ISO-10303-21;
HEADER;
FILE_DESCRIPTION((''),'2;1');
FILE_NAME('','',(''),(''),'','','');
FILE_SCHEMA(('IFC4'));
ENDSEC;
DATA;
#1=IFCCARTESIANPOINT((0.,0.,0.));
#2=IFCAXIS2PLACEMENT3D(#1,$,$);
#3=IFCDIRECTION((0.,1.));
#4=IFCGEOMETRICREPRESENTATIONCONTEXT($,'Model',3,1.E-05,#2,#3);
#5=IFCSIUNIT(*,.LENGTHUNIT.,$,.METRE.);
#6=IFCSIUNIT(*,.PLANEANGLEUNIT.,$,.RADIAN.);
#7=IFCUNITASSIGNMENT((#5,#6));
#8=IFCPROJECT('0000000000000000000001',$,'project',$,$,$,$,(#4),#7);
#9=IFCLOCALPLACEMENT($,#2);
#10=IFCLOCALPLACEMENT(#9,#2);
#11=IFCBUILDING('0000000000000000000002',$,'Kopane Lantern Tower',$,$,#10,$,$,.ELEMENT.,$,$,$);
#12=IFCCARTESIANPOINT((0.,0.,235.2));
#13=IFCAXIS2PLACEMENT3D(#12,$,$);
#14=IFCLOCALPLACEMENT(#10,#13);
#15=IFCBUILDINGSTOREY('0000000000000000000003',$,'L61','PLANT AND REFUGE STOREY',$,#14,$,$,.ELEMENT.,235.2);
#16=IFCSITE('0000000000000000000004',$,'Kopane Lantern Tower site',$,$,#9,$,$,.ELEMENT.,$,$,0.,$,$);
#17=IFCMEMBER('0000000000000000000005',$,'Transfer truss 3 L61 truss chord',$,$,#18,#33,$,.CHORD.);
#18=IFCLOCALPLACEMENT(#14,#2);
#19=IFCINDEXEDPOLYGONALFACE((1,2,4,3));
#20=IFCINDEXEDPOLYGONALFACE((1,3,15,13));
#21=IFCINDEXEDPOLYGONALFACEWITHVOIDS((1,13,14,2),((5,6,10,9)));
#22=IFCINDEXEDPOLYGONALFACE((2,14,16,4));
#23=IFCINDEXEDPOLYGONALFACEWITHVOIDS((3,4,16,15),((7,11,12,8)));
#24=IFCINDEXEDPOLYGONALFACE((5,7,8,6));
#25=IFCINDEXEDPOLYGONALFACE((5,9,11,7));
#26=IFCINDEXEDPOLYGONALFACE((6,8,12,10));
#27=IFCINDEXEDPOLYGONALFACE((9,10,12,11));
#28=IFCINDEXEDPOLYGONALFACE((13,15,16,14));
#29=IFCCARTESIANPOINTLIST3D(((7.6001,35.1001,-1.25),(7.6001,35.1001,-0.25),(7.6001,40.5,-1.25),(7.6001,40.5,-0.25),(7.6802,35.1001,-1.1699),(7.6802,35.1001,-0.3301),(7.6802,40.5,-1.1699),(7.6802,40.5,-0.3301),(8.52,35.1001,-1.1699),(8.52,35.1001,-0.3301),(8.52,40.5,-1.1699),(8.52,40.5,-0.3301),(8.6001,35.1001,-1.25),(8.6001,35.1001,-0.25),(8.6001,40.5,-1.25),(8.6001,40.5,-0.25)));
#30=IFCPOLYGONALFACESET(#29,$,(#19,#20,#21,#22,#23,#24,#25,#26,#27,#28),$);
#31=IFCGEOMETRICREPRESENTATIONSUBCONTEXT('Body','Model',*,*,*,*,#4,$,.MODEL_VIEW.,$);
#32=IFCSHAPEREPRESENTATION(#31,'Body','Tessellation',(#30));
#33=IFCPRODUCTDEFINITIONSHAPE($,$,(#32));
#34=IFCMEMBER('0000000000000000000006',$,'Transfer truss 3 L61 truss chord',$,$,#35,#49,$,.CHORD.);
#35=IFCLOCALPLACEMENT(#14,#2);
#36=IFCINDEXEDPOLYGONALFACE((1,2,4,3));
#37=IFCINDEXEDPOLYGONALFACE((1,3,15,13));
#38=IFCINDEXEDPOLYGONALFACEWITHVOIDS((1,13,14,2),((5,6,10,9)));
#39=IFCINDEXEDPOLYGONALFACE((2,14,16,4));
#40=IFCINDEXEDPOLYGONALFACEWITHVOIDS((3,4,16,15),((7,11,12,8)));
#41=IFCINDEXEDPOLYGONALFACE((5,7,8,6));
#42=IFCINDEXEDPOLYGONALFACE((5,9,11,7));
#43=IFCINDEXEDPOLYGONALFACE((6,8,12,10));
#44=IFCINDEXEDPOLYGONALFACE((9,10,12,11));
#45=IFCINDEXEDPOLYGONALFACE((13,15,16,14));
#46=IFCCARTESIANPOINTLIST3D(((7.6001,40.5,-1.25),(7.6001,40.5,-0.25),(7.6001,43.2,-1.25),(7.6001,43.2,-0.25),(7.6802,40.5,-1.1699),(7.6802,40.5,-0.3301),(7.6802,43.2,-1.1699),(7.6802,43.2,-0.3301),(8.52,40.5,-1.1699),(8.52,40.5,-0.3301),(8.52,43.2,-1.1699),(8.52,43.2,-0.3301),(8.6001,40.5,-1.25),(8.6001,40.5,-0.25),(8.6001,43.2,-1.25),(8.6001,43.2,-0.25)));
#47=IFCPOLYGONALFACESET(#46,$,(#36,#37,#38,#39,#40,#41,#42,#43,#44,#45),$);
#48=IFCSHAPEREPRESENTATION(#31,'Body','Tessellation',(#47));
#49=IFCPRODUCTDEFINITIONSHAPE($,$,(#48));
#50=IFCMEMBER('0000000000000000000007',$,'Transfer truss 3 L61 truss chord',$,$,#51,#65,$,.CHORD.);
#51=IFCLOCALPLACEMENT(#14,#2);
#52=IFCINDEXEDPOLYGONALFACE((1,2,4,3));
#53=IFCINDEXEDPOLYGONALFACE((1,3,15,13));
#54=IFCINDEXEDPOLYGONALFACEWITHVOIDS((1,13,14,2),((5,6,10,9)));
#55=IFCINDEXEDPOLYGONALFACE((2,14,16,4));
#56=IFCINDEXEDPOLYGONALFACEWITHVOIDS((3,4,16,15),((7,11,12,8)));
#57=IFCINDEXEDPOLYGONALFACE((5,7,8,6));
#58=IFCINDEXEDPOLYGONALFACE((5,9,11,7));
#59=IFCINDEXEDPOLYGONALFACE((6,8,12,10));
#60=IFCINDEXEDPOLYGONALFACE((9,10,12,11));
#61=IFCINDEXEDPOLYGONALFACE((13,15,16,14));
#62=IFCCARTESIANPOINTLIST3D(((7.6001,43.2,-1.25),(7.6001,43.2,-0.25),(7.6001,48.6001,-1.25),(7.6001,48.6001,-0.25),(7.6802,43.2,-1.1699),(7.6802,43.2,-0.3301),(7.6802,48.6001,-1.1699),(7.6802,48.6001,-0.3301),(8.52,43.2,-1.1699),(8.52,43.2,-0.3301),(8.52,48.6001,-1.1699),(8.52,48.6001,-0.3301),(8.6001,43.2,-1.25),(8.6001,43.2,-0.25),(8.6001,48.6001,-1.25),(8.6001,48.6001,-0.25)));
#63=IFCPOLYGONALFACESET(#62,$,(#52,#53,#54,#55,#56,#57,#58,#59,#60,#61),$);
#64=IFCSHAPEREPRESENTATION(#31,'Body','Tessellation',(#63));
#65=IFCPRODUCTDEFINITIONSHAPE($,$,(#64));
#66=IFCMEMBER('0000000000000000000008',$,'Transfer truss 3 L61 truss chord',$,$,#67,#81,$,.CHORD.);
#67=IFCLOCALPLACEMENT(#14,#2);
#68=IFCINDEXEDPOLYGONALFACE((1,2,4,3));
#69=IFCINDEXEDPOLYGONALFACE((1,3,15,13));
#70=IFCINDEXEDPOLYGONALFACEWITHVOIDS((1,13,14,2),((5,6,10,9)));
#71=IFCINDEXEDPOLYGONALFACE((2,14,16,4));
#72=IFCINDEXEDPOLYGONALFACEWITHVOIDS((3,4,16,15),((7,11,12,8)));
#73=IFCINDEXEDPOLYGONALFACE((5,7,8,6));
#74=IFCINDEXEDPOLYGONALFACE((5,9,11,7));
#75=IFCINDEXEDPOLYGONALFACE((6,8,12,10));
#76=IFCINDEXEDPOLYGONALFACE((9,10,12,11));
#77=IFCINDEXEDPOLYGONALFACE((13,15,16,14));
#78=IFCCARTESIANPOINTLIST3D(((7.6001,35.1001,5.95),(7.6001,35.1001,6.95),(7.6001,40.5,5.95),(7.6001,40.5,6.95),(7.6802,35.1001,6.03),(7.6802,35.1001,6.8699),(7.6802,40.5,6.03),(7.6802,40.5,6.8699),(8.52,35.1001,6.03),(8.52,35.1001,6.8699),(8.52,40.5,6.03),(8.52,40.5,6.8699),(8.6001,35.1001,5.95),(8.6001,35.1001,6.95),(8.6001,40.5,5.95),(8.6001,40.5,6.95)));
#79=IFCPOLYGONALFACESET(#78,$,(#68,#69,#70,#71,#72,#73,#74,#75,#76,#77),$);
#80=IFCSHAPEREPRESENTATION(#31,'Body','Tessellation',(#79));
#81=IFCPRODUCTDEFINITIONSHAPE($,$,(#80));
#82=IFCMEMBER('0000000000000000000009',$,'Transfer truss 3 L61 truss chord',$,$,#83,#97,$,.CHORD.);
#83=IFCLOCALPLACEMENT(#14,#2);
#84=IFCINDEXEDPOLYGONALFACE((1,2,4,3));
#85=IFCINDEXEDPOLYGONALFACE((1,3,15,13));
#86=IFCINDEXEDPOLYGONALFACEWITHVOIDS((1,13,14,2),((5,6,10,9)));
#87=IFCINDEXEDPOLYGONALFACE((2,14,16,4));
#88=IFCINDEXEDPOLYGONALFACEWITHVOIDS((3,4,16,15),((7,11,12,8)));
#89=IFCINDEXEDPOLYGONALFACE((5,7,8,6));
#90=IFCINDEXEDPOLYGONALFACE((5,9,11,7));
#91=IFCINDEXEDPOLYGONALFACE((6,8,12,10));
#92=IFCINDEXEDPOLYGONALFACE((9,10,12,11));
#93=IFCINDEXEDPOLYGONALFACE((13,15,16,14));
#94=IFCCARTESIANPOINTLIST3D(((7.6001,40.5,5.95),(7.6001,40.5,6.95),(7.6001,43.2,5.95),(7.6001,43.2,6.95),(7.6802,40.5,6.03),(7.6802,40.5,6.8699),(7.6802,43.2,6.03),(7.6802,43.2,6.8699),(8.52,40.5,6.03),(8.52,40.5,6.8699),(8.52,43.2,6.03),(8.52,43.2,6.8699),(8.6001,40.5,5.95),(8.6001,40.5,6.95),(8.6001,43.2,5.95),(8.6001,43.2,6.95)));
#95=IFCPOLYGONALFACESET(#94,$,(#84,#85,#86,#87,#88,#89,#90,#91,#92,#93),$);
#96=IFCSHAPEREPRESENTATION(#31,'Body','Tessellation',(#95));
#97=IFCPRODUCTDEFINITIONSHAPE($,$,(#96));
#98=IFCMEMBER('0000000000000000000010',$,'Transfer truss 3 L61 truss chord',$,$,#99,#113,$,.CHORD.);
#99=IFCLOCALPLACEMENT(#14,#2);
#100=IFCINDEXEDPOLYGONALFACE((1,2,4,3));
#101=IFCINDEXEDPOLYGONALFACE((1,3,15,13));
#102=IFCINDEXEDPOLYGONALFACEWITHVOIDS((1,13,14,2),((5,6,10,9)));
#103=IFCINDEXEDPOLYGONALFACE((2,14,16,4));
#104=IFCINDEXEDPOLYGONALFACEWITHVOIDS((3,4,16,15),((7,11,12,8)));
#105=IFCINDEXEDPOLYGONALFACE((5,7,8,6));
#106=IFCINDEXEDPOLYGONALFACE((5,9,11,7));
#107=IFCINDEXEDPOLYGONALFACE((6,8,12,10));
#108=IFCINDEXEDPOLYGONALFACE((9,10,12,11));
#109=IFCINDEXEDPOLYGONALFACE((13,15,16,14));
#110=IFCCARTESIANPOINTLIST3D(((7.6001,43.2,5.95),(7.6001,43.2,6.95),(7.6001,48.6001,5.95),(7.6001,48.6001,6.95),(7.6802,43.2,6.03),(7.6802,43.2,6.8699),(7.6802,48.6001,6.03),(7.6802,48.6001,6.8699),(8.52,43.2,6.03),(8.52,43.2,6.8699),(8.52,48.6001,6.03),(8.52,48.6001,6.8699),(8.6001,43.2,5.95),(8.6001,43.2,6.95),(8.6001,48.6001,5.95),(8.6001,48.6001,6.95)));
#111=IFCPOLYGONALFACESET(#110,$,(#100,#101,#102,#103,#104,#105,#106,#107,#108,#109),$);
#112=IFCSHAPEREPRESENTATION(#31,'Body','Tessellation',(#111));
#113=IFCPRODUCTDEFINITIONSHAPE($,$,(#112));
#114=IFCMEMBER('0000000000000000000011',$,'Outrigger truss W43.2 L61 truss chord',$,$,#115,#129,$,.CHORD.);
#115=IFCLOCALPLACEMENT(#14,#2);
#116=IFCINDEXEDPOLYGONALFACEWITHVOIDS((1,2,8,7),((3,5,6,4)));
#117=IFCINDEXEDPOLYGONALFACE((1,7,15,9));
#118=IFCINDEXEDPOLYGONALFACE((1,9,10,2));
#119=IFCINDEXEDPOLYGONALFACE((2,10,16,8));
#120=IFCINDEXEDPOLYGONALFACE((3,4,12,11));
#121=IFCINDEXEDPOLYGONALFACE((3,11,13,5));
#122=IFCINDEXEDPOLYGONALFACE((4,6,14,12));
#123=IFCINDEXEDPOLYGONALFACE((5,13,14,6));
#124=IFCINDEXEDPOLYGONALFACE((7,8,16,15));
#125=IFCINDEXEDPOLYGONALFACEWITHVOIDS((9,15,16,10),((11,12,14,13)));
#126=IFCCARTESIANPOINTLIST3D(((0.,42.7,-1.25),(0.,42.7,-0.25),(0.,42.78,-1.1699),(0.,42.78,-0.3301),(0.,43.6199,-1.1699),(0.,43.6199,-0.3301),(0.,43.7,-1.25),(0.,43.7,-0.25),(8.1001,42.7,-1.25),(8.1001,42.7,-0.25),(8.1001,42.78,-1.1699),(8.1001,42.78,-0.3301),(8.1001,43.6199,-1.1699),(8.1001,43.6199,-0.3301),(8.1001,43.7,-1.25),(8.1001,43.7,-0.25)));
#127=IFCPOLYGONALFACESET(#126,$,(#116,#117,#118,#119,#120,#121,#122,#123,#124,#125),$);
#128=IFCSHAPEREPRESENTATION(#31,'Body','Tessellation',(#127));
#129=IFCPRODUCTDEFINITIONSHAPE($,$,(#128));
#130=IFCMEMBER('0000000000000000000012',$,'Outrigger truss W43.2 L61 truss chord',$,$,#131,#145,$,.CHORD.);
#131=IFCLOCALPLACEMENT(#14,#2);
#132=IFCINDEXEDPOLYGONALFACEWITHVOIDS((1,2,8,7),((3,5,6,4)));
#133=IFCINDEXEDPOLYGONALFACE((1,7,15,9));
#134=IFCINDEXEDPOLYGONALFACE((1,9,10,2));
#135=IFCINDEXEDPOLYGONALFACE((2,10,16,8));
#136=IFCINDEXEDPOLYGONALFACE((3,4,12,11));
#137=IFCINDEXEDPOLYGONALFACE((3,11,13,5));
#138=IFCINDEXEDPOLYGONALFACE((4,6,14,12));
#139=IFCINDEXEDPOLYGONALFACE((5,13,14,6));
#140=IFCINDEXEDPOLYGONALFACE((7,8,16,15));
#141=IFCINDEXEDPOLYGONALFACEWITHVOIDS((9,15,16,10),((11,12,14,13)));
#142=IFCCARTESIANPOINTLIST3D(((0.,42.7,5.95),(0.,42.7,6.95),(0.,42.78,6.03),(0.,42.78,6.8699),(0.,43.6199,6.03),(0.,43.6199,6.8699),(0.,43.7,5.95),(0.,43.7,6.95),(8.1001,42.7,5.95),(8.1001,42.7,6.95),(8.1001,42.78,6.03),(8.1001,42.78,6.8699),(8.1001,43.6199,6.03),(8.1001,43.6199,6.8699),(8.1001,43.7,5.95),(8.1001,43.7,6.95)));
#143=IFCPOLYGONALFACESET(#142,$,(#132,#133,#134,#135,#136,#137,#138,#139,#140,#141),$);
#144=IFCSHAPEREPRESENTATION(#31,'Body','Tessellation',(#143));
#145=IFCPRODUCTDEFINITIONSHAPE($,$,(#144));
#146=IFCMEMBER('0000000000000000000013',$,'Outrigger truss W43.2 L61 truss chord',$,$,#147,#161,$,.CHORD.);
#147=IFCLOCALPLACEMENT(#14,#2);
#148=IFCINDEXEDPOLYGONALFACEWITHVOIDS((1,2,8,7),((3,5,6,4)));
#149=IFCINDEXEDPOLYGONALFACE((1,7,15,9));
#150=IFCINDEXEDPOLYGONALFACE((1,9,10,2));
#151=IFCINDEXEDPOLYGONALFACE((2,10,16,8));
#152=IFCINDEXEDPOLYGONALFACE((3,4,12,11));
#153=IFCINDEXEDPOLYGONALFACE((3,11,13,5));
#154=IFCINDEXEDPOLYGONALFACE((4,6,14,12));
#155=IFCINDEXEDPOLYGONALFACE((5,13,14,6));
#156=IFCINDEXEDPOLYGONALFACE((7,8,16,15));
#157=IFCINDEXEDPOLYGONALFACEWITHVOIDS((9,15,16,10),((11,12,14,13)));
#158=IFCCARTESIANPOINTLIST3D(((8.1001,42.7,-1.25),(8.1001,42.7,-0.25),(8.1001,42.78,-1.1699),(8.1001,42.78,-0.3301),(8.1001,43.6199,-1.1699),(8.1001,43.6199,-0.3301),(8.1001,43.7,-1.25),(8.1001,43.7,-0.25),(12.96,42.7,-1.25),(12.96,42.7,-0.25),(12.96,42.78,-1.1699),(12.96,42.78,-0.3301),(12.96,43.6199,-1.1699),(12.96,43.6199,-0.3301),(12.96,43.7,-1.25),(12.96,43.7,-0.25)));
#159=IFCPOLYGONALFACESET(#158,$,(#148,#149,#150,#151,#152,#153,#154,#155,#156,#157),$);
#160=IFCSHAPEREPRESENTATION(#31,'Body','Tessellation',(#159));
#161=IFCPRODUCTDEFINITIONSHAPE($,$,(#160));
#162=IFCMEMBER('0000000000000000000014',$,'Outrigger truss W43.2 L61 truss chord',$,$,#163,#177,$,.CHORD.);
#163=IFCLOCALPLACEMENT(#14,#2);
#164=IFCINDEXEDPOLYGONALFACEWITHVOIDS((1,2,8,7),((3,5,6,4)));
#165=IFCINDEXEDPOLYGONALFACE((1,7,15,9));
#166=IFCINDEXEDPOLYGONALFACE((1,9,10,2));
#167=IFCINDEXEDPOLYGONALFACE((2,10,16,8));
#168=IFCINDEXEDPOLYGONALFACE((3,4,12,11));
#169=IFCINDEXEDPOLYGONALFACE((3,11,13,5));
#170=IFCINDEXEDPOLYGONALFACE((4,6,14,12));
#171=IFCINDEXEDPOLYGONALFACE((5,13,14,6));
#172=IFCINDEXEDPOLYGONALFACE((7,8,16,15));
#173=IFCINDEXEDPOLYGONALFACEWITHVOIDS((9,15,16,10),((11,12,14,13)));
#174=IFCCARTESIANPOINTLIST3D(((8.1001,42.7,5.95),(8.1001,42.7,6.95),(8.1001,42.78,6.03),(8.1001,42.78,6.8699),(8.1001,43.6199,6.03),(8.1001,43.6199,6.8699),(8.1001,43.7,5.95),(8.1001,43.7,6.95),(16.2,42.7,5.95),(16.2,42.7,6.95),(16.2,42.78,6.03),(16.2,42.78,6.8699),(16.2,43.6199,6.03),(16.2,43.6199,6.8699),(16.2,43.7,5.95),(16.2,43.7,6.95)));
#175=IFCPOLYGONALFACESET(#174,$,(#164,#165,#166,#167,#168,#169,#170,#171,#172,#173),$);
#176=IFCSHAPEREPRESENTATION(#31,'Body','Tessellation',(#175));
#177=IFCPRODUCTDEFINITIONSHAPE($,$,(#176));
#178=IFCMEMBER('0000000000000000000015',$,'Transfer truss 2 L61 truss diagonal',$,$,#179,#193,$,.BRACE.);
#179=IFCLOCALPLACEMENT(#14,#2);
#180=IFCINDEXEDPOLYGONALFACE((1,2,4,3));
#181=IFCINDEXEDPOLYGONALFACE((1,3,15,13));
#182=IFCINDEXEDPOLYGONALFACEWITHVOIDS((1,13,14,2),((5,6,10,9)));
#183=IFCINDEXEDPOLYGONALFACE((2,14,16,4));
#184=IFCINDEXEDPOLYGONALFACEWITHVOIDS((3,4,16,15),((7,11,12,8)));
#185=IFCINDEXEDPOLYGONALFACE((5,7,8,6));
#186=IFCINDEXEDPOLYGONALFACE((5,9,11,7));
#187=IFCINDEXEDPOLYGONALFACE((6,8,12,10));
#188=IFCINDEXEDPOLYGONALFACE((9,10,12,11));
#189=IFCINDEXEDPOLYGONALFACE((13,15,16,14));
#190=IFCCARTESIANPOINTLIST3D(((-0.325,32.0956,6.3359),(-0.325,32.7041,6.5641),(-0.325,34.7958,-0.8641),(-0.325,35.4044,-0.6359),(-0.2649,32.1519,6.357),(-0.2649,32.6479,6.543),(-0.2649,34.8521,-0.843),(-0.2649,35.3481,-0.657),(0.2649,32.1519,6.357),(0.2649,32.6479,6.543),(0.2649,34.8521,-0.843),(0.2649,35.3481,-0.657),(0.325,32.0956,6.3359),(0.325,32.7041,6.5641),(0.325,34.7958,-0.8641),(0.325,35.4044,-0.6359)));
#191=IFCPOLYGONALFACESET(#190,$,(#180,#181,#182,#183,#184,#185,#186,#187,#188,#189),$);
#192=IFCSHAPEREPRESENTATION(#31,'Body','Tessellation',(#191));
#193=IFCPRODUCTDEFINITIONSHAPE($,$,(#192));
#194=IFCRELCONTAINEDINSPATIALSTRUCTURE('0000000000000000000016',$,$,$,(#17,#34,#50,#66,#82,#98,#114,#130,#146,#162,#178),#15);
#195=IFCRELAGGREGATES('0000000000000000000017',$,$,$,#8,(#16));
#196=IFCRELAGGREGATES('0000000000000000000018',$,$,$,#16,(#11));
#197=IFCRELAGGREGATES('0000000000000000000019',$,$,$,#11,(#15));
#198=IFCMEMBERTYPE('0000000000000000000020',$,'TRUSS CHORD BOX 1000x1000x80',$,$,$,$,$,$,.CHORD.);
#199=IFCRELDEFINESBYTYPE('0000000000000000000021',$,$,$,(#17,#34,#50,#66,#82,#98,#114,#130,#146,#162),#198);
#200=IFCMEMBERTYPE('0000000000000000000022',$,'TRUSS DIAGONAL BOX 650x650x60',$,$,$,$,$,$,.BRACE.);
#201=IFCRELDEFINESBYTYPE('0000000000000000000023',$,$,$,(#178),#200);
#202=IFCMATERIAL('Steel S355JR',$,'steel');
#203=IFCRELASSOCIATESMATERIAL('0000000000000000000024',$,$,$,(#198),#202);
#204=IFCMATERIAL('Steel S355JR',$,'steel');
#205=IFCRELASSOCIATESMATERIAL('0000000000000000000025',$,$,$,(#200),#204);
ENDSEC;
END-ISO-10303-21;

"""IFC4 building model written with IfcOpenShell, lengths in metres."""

from ifc_helpers import new_model, si_unit, direction, frame, origin, origin_2d, place, context, subcontext, project, spatial, hollow_rectangle, extrude, material, material_profile, profile_set, type_object, element, save


model = new_model("IFC4")

# Units and contexts
model_context = context("Model", 3, precision=1e-05, world=origin(), true_north=direction((0.0, 1.0)))
body_context = subcontext(model_context, "Body", "Model", "MODEL_VIEW")
ifc_project = project(units=[si_unit("LENGTHUNIT", "METRE"), si_unit("PLANEANGLEUNIT", "RADIAN")], contexts=[model_context])

# Site, building, storey
site_placement = place(None, origin())
site = spatial("IfcSite", under=ifc_project, at=site_placement, Name="Kopane Lantern Tower site", CompositionType="ELEMENT", RefElevation=0.0)
building_placement = place(site_placement, origin())
building = spatial("IfcBuilding", under=site, at=building_placement, Name="Kopane Lantern Tower", CompositionType="ELEMENT")
storey_placement = place(building_placement, frame((0.0, 0.0, 235.2)))
storey = spatial("IfcBuildingStorey", under=building, at=storey_placement, Name="L61", Description="PLANT AND REFUGE STOREY", CompositionType="ELEMENT", Elevation=235.2)

# Members
ifc_material_1 = material(Name="Steel S355JR", Category="steel")
ifc_material_profile_1 = material_profile(ifc_material_1, hollow_rectangle(XDim=1.0, YDim=1.0, WallThickness=0.0801, at=origin_2d()), Name="BOX 1000x1000x80")
ifc_profile_set_1 = profile_set([ifc_material_profile_1], Name="Steel S355JR")
member_type_1 = type_object("IfcMemberType", Name="TRUSS CHORD BOX 1000x1000x80", PredefinedType="CHORD", material=ifc_profile_set_1)
member_1_placement = place(storey_placement, frame((8.1001, 35.1001, -0.75), z_axis=(0.0, 1.0, 0.0), x_axis=(-1.0, 0.0, 0.0)))
element("IfcMember", 1, at=member_1_placement, inside=storey, type_object=member_type_1, Name="Transfer truss 3 L61 truss chord", PredefinedType="CHORD", context=body_context, shape_type="SweptSolid", body=[
    extrude(hollow_rectangle(XDim=1.0, YDim=1.0, WallThickness=0.0801, at=origin_2d()), origin(), (0.0, 0.0, 1.0), 5.3999),
])
member_2_placement = place(storey_placement, frame((8.1001, 40.5, -0.75), z_axis=(0.0, 1.0, 0.0), x_axis=(-1.0, 0.0, 0.0)))
element("IfcMember", 2, at=member_2_placement, inside=storey, type_object=member_type_1, Name="Transfer truss 3 L61 truss chord", PredefinedType="CHORD", context=body_context, shape_type="SweptSolid", body=[
    extrude(hollow_rectangle(XDim=1.0, YDim=1.0, WallThickness=0.0801, at=origin_2d()), origin(), (0.0, 0.0, 1.0), 2.7),
])
member_3_placement = place(storey_placement, frame((8.1001, 43.2, -0.75), z_axis=(0.0, 1.0, 0.0), x_axis=(-1.0, 0.0, 0.0)))
element("IfcMember", 3, at=member_3_placement, inside=storey, type_object=member_type_1, Name="Transfer truss 3 L61 truss chord", PredefinedType="CHORD", context=body_context, shape_type="SweptSolid", body=[
    extrude(hollow_rectangle(XDim=1.0, YDim=1.0, WallThickness=0.0801, at=origin_2d()), origin(), (0.0, 0.0, 1.0), 5.4001),
])
member_4_placement = place(storey_placement, frame((8.1001, 35.1001, 6.45), z_axis=(0.0, 1.0, 0.0), x_axis=(-1.0, 0.0, 0.0)))
element("IfcMember", 4, at=member_4_placement, inside=storey, type_object=member_type_1, Name="Transfer truss 3 L61 truss chord", PredefinedType="CHORD", context=body_context, shape_type="SweptSolid", body=[
    extrude(hollow_rectangle(XDim=1.0, YDim=1.0, WallThickness=0.0801, at=origin_2d()), origin(), (0.0, 0.0, 1.0), 5.3999),
])
member_5_placement = place(storey_placement, frame((8.1001, 40.5, 6.45), z_axis=(0.0, 1.0, 0.0), x_axis=(-1.0, 0.0, 0.0)))
element("IfcMember", 5, at=member_5_placement, inside=storey, type_object=member_type_1, Name="Transfer truss 3 L61 truss chord", PredefinedType="CHORD", context=body_context, shape_type="SweptSolid", body=[
    extrude(hollow_rectangle(XDim=1.0, YDim=1.0, WallThickness=0.0801, at=origin_2d()), origin(), (0.0, 0.0, 1.0), 2.7),
])
member_6_placement = place(storey_placement, frame((8.1001, 43.2, 6.45), z_axis=(0.0, 1.0, 0.0), x_axis=(-1.0, 0.0, 0.0)))
element("IfcMember", 6, at=member_6_placement, inside=storey, type_object=member_type_1, Name="Transfer truss 3 L61 truss chord", PredefinedType="CHORD", context=body_context, shape_type="SweptSolid", body=[
    extrude(hollow_rectangle(XDim=1.0, YDim=1.0, WallThickness=0.0801, at=origin_2d()), origin(), (0.0, 0.0, 1.0), 5.4001),
])
for number, where, z_axis, x_axis, name in (
    (7, (0.0, 43.2, -0.75), (1.0, 0.0, 0.0), (0.0, 1.0, 0.0), "Outrigger truss W43.2 L61 truss chord"),
    (8, (0.0, 43.2, 6.45), (1.0, 0.0, 0.0), (0.0, 1.0, 0.0), "Outrigger truss W43.2 L61 truss chord"),
):
    element("IfcMember", number, at=place(storey_placement, frame(where, z_axis=z_axis, x_axis=x_axis)), inside=storey, type_object=member_type_1, Name=name, PredefinedType="CHORD", context=body_context, shape_type="SweptSolid", body=[
        extrude(hollow_rectangle(XDim=1.0, YDim=1.0, WallThickness=0.0801, at=origin_2d()), origin(), (0.0, 0.0, 1.0), 8.1001),
    ])
member_7_placement = place(storey_placement, frame((8.1001, 43.2, -0.75), z_axis=(1.0, 0.0, 0.0), x_axis=(0.0, 1.0, 0.0)))
element("IfcMember", 9, at=member_7_placement, inside=storey, type_object=member_type_1, Name="Outrigger truss W43.2 L61 truss chord", PredefinedType="CHORD", context=body_context, shape_type="SweptSolid", body=[
    extrude(hollow_rectangle(XDim=1.0, YDim=1.0, WallThickness=0.0801, at=origin_2d()), origin(), (0.0, 0.0, 1.0), 4.8599),
])
member_8_placement = place(storey_placement, frame((8.1001, 43.2, 6.45), z_axis=(1.0, 0.0, 0.0), x_axis=(0.0, 1.0, 0.0)))
element("IfcMember", 10, at=member_8_placement, inside=storey, type_object=member_type_1, Name="Outrigger truss W43.2 L61 truss chord", PredefinedType="CHORD", context=body_context, shape_type="SweptSolid", body=[
    extrude(hollow_rectangle(XDim=1.0, YDim=1.0, WallThickness=0.0801, at=origin_2d()), origin(), (0.0, 0.0, 1.0), 8.0999),
])
ifc_material_2 = material(Name="Steel S355JR", Category="steel")
ifc_material_profile_2 = material_profile(ifc_material_2, hollow_rectangle(XDim=0.6499, YDim=0.6499, WallThickness=0.0601, at=origin_2d()), Name="BOX 650x650x60")
ifc_profile_set_2 = profile_set([ifc_material_profile_2], Name="Steel S355JR")
member_type_2 = type_object("IfcMemberType", Name="TRUSS DIAGONAL BOX 650x650x60", PredefinedType="BRACE", material=ifc_profile_set_2)
member_9_placement = place(storey_placement, frame((0.0, 35.1001, -0.75), z_axis=(0.0, -0.351148, 0.93632), x_axis=(1.0, 0.0, 0.0)))
element("IfcMember", 11, at=member_9_placement, inside=storey, type_object=member_type_2, Name="Transfer truss 2 L61 truss diagonal", PredefinedType="BRACE", context=body_context, shape_type="SweptSolid", body=[
    extrude(hollow_rectangle(XDim=0.6499, YDim=0.6499, WallThickness=0.0601, at=origin_2d()), origin(), (0.0, 0.0, 1.0), 7.6897),
])

save(model, "model.ifc")
